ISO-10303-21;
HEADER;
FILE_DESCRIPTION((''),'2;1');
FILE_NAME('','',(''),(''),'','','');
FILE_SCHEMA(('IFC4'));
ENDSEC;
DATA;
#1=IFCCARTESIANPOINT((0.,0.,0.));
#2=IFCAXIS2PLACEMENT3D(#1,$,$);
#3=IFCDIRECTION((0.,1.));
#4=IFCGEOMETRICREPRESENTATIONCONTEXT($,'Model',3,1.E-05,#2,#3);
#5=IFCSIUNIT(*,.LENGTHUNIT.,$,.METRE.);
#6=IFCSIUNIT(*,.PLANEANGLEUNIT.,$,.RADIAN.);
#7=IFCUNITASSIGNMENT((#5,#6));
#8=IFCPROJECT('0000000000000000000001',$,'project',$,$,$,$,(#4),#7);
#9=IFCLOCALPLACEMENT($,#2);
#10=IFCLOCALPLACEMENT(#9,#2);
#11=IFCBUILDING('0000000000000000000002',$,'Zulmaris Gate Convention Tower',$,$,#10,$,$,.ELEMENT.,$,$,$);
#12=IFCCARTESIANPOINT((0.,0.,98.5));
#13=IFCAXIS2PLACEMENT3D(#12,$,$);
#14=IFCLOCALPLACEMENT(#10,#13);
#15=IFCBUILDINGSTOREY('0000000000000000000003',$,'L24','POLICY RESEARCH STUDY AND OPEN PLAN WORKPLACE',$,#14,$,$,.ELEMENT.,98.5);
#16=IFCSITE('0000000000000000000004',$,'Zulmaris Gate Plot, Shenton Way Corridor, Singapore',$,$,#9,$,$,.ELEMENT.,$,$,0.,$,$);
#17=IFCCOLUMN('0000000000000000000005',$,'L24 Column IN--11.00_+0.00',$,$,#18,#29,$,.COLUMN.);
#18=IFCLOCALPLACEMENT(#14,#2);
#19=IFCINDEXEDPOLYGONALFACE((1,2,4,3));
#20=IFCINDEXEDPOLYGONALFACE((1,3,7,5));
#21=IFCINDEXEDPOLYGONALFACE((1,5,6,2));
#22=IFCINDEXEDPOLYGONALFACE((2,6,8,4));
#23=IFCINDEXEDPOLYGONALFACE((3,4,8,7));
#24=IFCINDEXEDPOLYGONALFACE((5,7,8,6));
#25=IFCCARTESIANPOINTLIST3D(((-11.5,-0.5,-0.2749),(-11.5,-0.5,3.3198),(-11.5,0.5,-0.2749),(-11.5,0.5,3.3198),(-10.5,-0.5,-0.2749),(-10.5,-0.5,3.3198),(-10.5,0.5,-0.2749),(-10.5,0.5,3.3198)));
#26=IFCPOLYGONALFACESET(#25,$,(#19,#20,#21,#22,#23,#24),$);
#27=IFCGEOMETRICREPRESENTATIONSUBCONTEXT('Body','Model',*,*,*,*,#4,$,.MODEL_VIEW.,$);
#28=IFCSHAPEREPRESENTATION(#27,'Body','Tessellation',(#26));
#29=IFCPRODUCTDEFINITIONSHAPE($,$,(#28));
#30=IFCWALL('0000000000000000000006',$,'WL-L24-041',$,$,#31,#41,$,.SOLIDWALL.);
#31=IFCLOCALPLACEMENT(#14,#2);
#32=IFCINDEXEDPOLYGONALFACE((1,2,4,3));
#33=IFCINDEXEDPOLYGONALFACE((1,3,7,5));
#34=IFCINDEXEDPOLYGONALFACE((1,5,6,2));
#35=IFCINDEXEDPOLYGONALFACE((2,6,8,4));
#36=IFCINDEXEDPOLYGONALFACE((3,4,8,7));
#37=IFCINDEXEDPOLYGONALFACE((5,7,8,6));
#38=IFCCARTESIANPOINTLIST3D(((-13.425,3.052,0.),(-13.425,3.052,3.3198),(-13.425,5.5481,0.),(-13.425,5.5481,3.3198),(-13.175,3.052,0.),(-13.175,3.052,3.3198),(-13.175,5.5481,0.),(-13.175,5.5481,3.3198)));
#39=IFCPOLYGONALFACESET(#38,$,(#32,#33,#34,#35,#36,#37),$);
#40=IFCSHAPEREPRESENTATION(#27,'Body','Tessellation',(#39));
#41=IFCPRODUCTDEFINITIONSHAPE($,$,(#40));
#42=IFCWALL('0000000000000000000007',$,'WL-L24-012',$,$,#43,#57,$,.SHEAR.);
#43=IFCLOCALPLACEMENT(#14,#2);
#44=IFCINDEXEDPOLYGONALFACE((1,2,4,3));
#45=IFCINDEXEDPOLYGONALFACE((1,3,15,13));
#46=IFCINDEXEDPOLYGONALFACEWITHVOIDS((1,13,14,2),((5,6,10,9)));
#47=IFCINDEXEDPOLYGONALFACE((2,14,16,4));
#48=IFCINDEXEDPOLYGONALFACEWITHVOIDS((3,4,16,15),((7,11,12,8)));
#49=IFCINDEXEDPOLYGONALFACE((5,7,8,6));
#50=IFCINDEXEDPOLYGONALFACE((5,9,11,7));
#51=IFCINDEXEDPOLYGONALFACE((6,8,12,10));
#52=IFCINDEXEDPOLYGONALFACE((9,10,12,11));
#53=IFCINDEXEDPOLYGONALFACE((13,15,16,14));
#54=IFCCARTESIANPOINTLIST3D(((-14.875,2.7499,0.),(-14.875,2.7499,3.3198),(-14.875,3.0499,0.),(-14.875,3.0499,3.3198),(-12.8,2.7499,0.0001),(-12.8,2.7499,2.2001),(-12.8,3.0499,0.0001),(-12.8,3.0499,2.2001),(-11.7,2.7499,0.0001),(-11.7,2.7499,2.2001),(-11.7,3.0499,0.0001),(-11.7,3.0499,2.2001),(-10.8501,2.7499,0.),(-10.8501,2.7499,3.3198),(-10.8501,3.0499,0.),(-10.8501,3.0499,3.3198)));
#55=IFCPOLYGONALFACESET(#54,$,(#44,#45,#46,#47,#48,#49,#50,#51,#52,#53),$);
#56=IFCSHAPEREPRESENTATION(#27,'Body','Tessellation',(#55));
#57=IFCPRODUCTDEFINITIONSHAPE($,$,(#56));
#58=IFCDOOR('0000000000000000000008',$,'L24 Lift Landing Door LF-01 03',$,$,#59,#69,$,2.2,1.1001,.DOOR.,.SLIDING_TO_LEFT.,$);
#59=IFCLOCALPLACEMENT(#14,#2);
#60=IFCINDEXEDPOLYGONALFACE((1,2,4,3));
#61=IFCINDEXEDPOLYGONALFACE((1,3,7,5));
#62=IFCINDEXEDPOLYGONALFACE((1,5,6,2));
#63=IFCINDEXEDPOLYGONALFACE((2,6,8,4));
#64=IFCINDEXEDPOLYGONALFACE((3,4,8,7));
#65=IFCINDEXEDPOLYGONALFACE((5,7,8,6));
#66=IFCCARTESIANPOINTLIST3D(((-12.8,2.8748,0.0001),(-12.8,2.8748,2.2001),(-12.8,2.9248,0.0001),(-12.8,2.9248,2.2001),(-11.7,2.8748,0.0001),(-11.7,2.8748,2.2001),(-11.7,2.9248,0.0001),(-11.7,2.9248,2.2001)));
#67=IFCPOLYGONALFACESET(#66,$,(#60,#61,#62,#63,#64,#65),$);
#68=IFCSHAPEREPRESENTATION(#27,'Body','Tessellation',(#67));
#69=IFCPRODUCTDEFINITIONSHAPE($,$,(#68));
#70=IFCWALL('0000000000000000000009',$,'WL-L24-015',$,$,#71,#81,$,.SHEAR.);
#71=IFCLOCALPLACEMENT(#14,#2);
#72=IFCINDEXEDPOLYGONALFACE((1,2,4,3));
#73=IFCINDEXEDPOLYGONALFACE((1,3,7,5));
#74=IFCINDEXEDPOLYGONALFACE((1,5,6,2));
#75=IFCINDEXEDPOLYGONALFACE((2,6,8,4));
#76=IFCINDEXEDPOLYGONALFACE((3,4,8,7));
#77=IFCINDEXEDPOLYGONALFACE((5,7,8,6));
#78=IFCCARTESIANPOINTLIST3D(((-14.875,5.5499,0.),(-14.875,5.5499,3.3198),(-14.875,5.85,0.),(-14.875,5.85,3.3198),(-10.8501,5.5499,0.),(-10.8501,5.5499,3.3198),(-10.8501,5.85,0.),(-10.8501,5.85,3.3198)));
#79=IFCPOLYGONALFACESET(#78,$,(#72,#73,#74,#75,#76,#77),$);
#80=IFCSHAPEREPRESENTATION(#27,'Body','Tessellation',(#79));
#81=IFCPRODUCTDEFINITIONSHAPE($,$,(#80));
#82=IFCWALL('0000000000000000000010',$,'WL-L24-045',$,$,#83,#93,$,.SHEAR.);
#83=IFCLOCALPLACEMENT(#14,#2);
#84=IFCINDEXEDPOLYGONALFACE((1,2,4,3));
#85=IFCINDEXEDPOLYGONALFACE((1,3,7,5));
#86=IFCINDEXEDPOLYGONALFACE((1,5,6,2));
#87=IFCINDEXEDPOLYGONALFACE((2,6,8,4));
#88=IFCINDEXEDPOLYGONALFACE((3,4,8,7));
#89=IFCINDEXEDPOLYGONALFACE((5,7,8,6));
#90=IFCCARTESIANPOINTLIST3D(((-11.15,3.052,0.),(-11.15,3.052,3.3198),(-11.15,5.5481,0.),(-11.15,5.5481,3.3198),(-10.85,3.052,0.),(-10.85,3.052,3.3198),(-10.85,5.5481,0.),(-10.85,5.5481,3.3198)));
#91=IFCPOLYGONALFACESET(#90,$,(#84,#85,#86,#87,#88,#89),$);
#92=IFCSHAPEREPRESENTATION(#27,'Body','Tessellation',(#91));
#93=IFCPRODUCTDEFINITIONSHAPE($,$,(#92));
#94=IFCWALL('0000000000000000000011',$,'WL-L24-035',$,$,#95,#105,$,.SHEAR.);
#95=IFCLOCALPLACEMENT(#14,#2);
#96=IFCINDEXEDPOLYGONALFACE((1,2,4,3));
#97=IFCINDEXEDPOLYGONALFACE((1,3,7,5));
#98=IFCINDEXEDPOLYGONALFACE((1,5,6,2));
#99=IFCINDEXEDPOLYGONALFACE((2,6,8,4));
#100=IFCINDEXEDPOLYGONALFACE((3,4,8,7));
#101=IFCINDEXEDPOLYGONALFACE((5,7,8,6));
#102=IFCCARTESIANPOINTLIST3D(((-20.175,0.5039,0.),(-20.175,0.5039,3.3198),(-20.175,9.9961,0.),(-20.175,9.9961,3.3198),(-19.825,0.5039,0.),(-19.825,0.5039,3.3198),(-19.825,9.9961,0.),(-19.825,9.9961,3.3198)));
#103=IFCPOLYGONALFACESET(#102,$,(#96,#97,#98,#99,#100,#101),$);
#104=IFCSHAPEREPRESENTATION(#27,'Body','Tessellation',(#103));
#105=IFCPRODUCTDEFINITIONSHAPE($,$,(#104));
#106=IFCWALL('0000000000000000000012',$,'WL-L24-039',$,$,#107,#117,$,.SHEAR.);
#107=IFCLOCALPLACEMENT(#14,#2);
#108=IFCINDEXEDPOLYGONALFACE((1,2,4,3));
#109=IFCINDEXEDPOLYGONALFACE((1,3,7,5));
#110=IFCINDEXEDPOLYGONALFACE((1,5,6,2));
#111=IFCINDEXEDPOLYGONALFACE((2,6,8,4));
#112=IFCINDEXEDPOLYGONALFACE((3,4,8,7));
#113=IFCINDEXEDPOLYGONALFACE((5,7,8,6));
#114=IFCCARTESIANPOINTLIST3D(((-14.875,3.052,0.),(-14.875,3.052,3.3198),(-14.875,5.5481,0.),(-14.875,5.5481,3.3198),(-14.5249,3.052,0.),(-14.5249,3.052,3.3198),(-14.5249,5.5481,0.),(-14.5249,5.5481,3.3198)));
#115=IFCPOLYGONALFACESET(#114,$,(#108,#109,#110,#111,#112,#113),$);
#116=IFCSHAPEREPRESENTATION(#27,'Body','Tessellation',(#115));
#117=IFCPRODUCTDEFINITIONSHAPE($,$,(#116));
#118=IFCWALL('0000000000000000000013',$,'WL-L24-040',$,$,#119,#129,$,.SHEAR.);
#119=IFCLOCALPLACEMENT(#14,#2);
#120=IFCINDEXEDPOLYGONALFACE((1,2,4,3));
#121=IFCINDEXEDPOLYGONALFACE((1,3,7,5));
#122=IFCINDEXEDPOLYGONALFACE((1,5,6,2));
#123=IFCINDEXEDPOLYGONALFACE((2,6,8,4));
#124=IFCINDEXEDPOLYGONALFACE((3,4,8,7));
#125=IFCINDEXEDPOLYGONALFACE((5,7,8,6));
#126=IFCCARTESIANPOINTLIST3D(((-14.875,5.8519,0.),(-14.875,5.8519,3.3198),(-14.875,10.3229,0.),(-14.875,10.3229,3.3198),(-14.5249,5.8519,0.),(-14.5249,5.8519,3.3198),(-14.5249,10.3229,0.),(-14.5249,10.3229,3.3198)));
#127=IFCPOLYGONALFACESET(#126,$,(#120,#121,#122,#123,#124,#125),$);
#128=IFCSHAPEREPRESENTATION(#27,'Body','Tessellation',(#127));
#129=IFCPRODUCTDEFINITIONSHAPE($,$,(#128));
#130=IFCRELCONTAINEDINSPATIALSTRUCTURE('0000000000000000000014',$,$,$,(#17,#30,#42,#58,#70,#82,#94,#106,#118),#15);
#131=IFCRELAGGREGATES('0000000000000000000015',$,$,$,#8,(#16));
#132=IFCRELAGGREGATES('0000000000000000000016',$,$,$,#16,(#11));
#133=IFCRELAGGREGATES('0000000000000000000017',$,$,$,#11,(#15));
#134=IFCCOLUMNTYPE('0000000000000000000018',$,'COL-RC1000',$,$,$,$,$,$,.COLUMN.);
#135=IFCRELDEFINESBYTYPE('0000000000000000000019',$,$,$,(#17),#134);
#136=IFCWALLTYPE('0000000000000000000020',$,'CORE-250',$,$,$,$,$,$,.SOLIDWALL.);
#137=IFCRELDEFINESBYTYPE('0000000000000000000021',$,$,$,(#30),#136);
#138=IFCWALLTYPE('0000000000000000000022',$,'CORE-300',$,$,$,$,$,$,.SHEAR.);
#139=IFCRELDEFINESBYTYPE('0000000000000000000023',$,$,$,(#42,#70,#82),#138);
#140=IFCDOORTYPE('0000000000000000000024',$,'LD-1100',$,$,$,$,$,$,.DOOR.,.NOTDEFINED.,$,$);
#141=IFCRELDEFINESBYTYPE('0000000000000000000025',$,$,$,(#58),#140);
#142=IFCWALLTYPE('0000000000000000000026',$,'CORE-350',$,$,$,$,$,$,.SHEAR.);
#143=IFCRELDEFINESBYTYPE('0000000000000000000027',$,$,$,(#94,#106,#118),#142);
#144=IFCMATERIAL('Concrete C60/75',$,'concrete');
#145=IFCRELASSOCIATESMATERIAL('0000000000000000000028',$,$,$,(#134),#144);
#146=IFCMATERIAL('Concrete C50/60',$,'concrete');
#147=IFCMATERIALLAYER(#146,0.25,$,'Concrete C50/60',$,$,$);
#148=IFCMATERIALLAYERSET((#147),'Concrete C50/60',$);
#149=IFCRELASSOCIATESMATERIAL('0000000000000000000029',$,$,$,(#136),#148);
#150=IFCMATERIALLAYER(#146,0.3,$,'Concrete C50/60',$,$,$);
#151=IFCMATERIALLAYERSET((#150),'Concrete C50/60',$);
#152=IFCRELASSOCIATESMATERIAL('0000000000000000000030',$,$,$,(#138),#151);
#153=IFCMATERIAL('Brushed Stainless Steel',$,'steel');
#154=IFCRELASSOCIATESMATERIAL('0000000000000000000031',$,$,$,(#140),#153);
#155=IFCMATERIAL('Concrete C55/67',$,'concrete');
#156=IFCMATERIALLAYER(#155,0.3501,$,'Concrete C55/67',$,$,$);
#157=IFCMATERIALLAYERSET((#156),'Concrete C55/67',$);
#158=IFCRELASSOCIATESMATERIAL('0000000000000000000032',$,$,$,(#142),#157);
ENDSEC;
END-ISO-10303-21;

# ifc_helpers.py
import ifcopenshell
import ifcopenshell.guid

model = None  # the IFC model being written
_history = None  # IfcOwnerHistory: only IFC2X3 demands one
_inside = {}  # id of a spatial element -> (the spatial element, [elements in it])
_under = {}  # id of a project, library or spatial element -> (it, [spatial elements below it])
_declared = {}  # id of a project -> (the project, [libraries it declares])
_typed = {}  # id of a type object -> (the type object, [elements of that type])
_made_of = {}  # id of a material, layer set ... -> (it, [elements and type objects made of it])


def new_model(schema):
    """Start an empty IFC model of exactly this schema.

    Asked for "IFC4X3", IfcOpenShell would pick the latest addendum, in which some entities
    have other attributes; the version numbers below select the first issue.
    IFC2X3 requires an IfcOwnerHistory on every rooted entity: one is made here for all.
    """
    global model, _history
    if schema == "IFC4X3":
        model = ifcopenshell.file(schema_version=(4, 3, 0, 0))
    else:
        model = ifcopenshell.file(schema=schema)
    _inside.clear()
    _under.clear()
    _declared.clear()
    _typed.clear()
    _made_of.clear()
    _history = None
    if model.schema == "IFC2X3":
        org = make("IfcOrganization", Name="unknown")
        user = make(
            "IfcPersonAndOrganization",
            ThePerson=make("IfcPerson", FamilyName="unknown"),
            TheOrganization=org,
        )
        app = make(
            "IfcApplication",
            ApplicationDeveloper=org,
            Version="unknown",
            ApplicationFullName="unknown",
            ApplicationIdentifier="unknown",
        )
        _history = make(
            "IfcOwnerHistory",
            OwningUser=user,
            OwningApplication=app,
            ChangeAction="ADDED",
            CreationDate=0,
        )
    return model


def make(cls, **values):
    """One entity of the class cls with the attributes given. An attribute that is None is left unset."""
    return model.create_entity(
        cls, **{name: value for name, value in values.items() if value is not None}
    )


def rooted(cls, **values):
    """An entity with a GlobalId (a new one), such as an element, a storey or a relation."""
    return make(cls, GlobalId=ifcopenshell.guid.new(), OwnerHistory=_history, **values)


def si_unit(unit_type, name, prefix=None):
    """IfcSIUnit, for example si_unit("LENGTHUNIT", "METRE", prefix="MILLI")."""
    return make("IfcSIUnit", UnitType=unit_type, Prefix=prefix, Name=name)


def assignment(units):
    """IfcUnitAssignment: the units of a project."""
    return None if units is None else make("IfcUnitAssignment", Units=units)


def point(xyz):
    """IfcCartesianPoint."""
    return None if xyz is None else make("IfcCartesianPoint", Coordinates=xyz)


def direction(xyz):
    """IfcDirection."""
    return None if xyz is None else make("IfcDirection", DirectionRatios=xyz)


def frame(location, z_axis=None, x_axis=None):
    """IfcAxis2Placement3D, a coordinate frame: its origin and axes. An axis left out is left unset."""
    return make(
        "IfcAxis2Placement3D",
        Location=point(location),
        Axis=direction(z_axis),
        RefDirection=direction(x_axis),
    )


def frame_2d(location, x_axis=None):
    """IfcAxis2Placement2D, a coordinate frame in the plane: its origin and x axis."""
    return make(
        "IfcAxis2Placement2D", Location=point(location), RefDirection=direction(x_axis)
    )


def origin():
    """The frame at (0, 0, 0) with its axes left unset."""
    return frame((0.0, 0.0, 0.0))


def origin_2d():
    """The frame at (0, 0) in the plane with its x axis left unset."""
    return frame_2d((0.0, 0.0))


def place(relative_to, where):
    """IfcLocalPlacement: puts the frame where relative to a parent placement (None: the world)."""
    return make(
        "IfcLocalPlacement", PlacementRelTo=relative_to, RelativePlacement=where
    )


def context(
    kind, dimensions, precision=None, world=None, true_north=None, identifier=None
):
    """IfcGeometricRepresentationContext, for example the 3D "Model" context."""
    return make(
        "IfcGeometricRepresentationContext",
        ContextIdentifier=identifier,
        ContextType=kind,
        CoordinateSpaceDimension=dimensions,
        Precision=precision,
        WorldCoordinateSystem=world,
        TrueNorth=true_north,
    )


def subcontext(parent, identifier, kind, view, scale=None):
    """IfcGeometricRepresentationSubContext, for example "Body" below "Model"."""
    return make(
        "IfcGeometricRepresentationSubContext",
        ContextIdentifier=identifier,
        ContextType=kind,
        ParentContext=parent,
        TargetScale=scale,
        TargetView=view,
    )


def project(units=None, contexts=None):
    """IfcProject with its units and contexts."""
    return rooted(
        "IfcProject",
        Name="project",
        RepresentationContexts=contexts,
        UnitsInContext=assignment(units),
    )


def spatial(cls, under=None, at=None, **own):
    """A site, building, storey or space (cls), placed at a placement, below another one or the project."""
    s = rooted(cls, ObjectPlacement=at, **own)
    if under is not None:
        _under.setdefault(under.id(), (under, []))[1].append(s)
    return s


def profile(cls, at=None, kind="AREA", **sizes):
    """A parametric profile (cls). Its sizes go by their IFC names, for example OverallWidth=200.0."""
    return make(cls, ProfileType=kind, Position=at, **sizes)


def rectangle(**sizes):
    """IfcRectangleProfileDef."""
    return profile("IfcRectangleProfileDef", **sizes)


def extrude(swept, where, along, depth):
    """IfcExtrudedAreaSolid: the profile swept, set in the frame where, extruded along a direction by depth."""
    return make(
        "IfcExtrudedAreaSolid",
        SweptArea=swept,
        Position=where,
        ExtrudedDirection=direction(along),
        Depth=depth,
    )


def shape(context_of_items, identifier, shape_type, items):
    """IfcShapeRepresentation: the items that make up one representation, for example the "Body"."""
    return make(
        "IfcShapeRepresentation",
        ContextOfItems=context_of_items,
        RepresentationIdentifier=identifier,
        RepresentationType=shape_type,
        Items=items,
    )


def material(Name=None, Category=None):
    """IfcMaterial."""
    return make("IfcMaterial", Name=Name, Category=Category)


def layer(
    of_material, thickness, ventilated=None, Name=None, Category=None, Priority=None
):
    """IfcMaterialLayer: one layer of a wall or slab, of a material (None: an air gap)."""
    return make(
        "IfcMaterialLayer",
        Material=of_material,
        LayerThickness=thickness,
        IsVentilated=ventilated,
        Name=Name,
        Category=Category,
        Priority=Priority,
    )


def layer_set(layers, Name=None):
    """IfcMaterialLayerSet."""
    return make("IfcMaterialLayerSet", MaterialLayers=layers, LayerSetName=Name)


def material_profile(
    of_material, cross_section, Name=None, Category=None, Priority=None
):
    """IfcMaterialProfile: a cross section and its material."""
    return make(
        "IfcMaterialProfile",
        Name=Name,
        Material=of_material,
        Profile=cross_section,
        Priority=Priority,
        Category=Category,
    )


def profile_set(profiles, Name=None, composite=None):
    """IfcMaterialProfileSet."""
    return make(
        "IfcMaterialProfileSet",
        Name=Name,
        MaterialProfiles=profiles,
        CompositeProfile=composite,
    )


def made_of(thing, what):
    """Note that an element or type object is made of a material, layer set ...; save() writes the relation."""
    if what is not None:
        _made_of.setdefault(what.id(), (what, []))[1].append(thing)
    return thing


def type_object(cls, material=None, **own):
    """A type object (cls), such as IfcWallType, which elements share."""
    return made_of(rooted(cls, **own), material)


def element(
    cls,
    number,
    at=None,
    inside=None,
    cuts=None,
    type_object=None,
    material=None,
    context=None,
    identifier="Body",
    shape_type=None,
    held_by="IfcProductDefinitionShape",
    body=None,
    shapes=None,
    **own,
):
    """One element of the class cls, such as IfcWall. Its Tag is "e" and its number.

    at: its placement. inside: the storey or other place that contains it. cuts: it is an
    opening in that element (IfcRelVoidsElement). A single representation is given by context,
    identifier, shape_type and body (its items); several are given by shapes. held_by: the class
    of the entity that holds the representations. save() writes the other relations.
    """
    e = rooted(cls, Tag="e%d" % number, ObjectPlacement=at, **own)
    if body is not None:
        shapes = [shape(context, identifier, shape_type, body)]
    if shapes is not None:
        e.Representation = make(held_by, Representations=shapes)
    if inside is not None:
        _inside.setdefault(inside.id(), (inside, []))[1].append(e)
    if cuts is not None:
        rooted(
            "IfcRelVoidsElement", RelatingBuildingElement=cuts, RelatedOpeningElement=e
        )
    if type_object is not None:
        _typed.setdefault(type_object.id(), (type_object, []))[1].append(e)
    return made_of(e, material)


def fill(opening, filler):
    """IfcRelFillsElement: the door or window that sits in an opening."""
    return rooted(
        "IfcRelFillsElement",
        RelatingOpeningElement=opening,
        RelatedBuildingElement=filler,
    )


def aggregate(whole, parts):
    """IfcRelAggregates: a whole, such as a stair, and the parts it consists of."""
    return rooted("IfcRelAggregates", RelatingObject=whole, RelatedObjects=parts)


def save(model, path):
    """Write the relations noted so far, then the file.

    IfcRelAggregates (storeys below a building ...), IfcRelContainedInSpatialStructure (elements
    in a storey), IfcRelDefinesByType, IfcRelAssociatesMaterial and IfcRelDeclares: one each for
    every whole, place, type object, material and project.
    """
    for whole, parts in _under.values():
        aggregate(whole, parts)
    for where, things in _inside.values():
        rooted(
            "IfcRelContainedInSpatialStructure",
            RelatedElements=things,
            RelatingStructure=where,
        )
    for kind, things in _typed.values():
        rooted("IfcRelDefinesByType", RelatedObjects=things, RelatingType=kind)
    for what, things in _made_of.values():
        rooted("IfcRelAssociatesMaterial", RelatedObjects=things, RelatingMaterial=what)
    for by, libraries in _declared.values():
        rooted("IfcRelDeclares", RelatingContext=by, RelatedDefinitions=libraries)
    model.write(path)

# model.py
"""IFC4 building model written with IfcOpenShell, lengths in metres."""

from ifc_helpers import new_model, si_unit, direction, frame, frame_2d, origin, origin_2d, place, context, subcontext, project, spatial, rectangle, extrude, material, layer, layer_set, material_profile, profile_set, type_object, element, fill, save


model = new_model("IFC4")

# Units and contexts
model_context = context("Model", 3, precision=1e-05, world=origin(), true_north=direction((0.0, 1.0)))
body_context = subcontext(model_context, "Body", "Model", "MODEL_VIEW")
ifc_project = project(units=[si_unit("LENGTHUNIT", "METRE"), si_unit("PLANEANGLEUNIT", "RADIAN")], contexts=[model_context])

# Site, building, storey
site_placement = place(None, origin())
site = spatial("IfcSite", under=ifc_project, at=site_placement, Name="Zulmaris Gate Plot, Shenton Way Corridor, Singapore", CompositionType="ELEMENT", RefElevation=0.0)
building_placement = place(site_placement, origin())
building = spatial("IfcBuilding", under=site, at=building_placement, Name="Zulmaris Gate Convention Tower", CompositionType="ELEMENT")
storey_placement = place(building_placement, frame((0.0, 0.0, 98.5)))
storey = spatial("IfcBuildingStorey", under=building, at=storey_placement, Name="L24", Description="POLICY RESEARCH STUDY AND OPEN PLAN WORKPLACE", CompositionType="ELEMENT", Elevation=98.5)

# Column
ifc_material_1 = material(Name="Concrete C60/75", Category="concrete")
ifc_material_profile = material_profile(ifc_material_1, rectangle(XDim=1.0, YDim=1.0, at=origin_2d()), Name="RC COL 1000x1000")
ifc_profile_set = profile_set([ifc_material_profile], Name="Concrete C60/75")
column_type = type_object("IfcColumnType", Name="COL-RC1000", PredefinedType="COLUMN", material=ifc_profile_set)
column_placement = place(storey_placement, frame((-11.0, 0.0, -0.2749), z_axis=(0.0, 0.0, 1.0), x_axis=(1.0, 0.0, 0.0)))
element("IfcColumn", 1, at=column_placement, inside=storey, type_object=column_type, Name="L24 Column IN--11.00_+0.00", PredefinedType="COLUMN", context=body_context, shape_type="SweptSolid", body=[
    extrude(rectangle(XDim=1.0, YDim=1.0, at=origin_2d()), origin(), (0.0, 0.0, 1.0), 3.5947),
])

# Wall
ifc_material_2 = material(Name="Concrete C50/60", Category="concrete")
ifc_layer_1 = layer(ifc_material_2, 0.25, Name="Concrete C50/60")
ifc_layer_set_1 = layer_set([ifc_layer_1], Name="Concrete C50/60")
wall_type_1 = type_object("IfcWallType", Name="CORE-250", PredefinedType="SOLIDWALL", material=ifc_layer_set_1)
wall_1_placement = place(storey_placement, frame((-13.3, 3.052, 0.0), z_axis=(0.0, 0.0, 1.0), x_axis=(0.0, 1.0, 0.0)))
element("IfcWall", 2, at=wall_1_placement, inside=storey, type_object=wall_type_1, Name="WL-L24-041", PredefinedType="SOLIDWALL", context=body_context, shape_type="SweptSolid", body=[
    extrude(rectangle(XDim=2.4961, YDim=0.25, at=frame_2d((1.248, 0.0))), origin(), (0.0, 0.0, 1.0), 3.3198),
])

# Wall, opening, door
ifc_layer_2 = layer(ifc_material_2, 0.3, Name="Concrete C50/60")
ifc_layer_set_2 = layer_set([ifc_layer_2], Name="Concrete C50/60")
wall_type_2 = type_object("IfcWallType", Name="CORE-300", PredefinedType="SHEAR", material=ifc_layer_set_2)
wall_2_placement = place(storey_placement, frame((-14.875, 2.8999, 0.0), z_axis=(0.0, 0.0, 1.0), x_axis=(1.0, 0.0, 0.0)))
wall_2 = element("IfcWall", 3, at=wall_2_placement, inside=storey, type_object=wall_type_2, Name="WL-L24-012", PredefinedType="SHEAR", context=body_context, shape_type="SweptSolid", body=[
    extrude(rectangle(XDim=4.0249, YDim=0.3, at=frame_2d((2.0125, 0.0))), origin(), (0.0, 0.0, 1.0), 3.3198),
])
opening_1_placement = place(wall_2_placement, frame((2.075, 0.0, 0.0)))
opening_1 = element("IfcOpeningElement", 4, at=opening_1_placement, cuts=wall_2, PredefinedType="OPENING", context=body_context, shape_type="SweptSolid", body=[
    extrude(rectangle(XDim=1.1001, YDim=2.2, at=frame_2d((0.55, 1.1001))), frame((0.0, 0.1602, 0.0), z_axis=(0.0, -1.0, 0.0), x_axis=(1.0, 0.0, 0.0)), (0.0, 0.0, 1.0), 0.3201),
])
ifc_material_3 = material(Name="Brushed Stainless Steel", Category="steel")
door_type_1 = type_object("IfcDoorType", Name="LD-1100", OperationType="NOTDEFINED", PredefinedType="DOOR", material=ifc_material_3)
door_1_placement = place(opening_1_placement, origin())
door_1 = element("IfcDoor", 5, at=door_1_placement, inside=storey, type_object=door_type_1, Name="L24 Lift Landing Door LF-01 03", OperationType="SLIDING_TO_LEFT", OverallHeight=2.2, OverallWidth=1.1001, PredefinedType="DOOR", context=body_context, shape_type="SweptSolid", body=[
    extrude(rectangle(XDim=1.1001, YDim=2.2, at=frame_2d((0.55, 1.1001))), frame((0.0, 0.0249, 0.0), z_axis=(0.0, -1.0, 0.0), x_axis=(1.0, 0.0, 0.0)), (0.0, 0.0, 1.0), 0.05),
])
fill(opening_1, door_1)

# Wall
wall_3_placement = place(storey_placement, frame((-14.875, 5.7, 0.0), z_axis=(0.0, 0.0, 1.0), x_axis=(1.0, 0.0, 0.0)))
element("IfcWall", 6, at=wall_3_placement, inside=storey, type_object=wall_type_2, Name="WL-L24-015", PredefinedType="SHEAR", context=body_context, shape_type="SweptSolid", body=[
    extrude(rectangle(XDim=4.0249, YDim=0.3, at=frame_2d((2.0125, 0.0))), origin(), (0.0, 0.0, 1.0), 3.3198),
])

# Walls
wall_4_placement = place(storey_placement, frame((-11.0, 3.052, 0.0), z_axis=(0.0, 0.0, 1.0), x_axis=(0.0, 1.0, 0.0)))
element("IfcWall", 7, at=wall_4_placement, inside=storey, type_object=wall_type_2, Name="WL-L24-045", PredefinedType="SHEAR", context=body_context, shape_type="SweptSolid", body=[
    extrude(rectangle(XDim=2.4961, YDim=0.3, at=frame_2d((1.248, 0.0))), origin(), (0.0, 0.0, 1.0), 3.3198),
])
ifc_material_4 = material(Name="Concrete C55/67", Category="concrete")
ifc_layer_3 = layer(ifc_material_4, 0.3501, Name="Concrete C55/67")
ifc_layer_set_3 = layer_set([ifc_layer_3], Name="Concrete C55/67")
wall_type_3 = type_object("IfcWallType", Name="CORE-350", PredefinedType="SHEAR", material=ifc_layer_set_3)
wall_5_placement = place(storey_placement, frame((-20.0, 0.5039, 0.0), z_axis=(0.0, 0.0, 1.0), x_axis=(0.0, 1.0, 0.0)))
element("IfcWall", 8, at=wall_5_placement, inside=storey, type_object=wall_type_3, Name="WL-L24-035", PredefinedType="SHEAR", context=body_context, shape_type="SweptSolid", body=[
    extrude(rectangle(XDim=9.4922, YDim=0.3501, at=frame_2d((4.7461, 0.0))), origin(), (0.0, 0.0, 1.0), 3.3198),
])
wall_6_placement = place(storey_placement, frame((-14.7, 3.052, 0.0), z_axis=(0.0, 0.0, 1.0), x_axis=(0.0, 1.0, 0.0)))
element("IfcWall", 9, at=wall_6_placement, inside=storey, type_object=wall_type_3, Name="WL-L24-039", PredefinedType="SHEAR", context=body_context, shape_type="SweptSolid", body=[
    extrude(rectangle(XDim=2.4961, YDim=0.3501, at=frame_2d((1.248, 0.0))), origin(), (0.0, 0.0, 1.0), 3.3198),
])
wall_7_placement = place(storey_placement, frame((-14.7, 5.8521, 0.0), z_axis=(0.0, 0.0, 1.0), x_axis=(0.0, 1.0, 0.0)))
element("IfcWall", 10, at=wall_7_placement, inside=storey, type_object=wall_type_3, Name="WL-L24-040", PredefinedType="SHEAR", context=body_context, shape_type="SweptSolid", body=[
    extrude(rectangle(XDim=4.4709, YDim=0.3501, at=frame_2d((2.2354, 0.0))), origin(), (0.0, 0.0, 1.0), 3.3198),
])

save(model, "model.ifc")
